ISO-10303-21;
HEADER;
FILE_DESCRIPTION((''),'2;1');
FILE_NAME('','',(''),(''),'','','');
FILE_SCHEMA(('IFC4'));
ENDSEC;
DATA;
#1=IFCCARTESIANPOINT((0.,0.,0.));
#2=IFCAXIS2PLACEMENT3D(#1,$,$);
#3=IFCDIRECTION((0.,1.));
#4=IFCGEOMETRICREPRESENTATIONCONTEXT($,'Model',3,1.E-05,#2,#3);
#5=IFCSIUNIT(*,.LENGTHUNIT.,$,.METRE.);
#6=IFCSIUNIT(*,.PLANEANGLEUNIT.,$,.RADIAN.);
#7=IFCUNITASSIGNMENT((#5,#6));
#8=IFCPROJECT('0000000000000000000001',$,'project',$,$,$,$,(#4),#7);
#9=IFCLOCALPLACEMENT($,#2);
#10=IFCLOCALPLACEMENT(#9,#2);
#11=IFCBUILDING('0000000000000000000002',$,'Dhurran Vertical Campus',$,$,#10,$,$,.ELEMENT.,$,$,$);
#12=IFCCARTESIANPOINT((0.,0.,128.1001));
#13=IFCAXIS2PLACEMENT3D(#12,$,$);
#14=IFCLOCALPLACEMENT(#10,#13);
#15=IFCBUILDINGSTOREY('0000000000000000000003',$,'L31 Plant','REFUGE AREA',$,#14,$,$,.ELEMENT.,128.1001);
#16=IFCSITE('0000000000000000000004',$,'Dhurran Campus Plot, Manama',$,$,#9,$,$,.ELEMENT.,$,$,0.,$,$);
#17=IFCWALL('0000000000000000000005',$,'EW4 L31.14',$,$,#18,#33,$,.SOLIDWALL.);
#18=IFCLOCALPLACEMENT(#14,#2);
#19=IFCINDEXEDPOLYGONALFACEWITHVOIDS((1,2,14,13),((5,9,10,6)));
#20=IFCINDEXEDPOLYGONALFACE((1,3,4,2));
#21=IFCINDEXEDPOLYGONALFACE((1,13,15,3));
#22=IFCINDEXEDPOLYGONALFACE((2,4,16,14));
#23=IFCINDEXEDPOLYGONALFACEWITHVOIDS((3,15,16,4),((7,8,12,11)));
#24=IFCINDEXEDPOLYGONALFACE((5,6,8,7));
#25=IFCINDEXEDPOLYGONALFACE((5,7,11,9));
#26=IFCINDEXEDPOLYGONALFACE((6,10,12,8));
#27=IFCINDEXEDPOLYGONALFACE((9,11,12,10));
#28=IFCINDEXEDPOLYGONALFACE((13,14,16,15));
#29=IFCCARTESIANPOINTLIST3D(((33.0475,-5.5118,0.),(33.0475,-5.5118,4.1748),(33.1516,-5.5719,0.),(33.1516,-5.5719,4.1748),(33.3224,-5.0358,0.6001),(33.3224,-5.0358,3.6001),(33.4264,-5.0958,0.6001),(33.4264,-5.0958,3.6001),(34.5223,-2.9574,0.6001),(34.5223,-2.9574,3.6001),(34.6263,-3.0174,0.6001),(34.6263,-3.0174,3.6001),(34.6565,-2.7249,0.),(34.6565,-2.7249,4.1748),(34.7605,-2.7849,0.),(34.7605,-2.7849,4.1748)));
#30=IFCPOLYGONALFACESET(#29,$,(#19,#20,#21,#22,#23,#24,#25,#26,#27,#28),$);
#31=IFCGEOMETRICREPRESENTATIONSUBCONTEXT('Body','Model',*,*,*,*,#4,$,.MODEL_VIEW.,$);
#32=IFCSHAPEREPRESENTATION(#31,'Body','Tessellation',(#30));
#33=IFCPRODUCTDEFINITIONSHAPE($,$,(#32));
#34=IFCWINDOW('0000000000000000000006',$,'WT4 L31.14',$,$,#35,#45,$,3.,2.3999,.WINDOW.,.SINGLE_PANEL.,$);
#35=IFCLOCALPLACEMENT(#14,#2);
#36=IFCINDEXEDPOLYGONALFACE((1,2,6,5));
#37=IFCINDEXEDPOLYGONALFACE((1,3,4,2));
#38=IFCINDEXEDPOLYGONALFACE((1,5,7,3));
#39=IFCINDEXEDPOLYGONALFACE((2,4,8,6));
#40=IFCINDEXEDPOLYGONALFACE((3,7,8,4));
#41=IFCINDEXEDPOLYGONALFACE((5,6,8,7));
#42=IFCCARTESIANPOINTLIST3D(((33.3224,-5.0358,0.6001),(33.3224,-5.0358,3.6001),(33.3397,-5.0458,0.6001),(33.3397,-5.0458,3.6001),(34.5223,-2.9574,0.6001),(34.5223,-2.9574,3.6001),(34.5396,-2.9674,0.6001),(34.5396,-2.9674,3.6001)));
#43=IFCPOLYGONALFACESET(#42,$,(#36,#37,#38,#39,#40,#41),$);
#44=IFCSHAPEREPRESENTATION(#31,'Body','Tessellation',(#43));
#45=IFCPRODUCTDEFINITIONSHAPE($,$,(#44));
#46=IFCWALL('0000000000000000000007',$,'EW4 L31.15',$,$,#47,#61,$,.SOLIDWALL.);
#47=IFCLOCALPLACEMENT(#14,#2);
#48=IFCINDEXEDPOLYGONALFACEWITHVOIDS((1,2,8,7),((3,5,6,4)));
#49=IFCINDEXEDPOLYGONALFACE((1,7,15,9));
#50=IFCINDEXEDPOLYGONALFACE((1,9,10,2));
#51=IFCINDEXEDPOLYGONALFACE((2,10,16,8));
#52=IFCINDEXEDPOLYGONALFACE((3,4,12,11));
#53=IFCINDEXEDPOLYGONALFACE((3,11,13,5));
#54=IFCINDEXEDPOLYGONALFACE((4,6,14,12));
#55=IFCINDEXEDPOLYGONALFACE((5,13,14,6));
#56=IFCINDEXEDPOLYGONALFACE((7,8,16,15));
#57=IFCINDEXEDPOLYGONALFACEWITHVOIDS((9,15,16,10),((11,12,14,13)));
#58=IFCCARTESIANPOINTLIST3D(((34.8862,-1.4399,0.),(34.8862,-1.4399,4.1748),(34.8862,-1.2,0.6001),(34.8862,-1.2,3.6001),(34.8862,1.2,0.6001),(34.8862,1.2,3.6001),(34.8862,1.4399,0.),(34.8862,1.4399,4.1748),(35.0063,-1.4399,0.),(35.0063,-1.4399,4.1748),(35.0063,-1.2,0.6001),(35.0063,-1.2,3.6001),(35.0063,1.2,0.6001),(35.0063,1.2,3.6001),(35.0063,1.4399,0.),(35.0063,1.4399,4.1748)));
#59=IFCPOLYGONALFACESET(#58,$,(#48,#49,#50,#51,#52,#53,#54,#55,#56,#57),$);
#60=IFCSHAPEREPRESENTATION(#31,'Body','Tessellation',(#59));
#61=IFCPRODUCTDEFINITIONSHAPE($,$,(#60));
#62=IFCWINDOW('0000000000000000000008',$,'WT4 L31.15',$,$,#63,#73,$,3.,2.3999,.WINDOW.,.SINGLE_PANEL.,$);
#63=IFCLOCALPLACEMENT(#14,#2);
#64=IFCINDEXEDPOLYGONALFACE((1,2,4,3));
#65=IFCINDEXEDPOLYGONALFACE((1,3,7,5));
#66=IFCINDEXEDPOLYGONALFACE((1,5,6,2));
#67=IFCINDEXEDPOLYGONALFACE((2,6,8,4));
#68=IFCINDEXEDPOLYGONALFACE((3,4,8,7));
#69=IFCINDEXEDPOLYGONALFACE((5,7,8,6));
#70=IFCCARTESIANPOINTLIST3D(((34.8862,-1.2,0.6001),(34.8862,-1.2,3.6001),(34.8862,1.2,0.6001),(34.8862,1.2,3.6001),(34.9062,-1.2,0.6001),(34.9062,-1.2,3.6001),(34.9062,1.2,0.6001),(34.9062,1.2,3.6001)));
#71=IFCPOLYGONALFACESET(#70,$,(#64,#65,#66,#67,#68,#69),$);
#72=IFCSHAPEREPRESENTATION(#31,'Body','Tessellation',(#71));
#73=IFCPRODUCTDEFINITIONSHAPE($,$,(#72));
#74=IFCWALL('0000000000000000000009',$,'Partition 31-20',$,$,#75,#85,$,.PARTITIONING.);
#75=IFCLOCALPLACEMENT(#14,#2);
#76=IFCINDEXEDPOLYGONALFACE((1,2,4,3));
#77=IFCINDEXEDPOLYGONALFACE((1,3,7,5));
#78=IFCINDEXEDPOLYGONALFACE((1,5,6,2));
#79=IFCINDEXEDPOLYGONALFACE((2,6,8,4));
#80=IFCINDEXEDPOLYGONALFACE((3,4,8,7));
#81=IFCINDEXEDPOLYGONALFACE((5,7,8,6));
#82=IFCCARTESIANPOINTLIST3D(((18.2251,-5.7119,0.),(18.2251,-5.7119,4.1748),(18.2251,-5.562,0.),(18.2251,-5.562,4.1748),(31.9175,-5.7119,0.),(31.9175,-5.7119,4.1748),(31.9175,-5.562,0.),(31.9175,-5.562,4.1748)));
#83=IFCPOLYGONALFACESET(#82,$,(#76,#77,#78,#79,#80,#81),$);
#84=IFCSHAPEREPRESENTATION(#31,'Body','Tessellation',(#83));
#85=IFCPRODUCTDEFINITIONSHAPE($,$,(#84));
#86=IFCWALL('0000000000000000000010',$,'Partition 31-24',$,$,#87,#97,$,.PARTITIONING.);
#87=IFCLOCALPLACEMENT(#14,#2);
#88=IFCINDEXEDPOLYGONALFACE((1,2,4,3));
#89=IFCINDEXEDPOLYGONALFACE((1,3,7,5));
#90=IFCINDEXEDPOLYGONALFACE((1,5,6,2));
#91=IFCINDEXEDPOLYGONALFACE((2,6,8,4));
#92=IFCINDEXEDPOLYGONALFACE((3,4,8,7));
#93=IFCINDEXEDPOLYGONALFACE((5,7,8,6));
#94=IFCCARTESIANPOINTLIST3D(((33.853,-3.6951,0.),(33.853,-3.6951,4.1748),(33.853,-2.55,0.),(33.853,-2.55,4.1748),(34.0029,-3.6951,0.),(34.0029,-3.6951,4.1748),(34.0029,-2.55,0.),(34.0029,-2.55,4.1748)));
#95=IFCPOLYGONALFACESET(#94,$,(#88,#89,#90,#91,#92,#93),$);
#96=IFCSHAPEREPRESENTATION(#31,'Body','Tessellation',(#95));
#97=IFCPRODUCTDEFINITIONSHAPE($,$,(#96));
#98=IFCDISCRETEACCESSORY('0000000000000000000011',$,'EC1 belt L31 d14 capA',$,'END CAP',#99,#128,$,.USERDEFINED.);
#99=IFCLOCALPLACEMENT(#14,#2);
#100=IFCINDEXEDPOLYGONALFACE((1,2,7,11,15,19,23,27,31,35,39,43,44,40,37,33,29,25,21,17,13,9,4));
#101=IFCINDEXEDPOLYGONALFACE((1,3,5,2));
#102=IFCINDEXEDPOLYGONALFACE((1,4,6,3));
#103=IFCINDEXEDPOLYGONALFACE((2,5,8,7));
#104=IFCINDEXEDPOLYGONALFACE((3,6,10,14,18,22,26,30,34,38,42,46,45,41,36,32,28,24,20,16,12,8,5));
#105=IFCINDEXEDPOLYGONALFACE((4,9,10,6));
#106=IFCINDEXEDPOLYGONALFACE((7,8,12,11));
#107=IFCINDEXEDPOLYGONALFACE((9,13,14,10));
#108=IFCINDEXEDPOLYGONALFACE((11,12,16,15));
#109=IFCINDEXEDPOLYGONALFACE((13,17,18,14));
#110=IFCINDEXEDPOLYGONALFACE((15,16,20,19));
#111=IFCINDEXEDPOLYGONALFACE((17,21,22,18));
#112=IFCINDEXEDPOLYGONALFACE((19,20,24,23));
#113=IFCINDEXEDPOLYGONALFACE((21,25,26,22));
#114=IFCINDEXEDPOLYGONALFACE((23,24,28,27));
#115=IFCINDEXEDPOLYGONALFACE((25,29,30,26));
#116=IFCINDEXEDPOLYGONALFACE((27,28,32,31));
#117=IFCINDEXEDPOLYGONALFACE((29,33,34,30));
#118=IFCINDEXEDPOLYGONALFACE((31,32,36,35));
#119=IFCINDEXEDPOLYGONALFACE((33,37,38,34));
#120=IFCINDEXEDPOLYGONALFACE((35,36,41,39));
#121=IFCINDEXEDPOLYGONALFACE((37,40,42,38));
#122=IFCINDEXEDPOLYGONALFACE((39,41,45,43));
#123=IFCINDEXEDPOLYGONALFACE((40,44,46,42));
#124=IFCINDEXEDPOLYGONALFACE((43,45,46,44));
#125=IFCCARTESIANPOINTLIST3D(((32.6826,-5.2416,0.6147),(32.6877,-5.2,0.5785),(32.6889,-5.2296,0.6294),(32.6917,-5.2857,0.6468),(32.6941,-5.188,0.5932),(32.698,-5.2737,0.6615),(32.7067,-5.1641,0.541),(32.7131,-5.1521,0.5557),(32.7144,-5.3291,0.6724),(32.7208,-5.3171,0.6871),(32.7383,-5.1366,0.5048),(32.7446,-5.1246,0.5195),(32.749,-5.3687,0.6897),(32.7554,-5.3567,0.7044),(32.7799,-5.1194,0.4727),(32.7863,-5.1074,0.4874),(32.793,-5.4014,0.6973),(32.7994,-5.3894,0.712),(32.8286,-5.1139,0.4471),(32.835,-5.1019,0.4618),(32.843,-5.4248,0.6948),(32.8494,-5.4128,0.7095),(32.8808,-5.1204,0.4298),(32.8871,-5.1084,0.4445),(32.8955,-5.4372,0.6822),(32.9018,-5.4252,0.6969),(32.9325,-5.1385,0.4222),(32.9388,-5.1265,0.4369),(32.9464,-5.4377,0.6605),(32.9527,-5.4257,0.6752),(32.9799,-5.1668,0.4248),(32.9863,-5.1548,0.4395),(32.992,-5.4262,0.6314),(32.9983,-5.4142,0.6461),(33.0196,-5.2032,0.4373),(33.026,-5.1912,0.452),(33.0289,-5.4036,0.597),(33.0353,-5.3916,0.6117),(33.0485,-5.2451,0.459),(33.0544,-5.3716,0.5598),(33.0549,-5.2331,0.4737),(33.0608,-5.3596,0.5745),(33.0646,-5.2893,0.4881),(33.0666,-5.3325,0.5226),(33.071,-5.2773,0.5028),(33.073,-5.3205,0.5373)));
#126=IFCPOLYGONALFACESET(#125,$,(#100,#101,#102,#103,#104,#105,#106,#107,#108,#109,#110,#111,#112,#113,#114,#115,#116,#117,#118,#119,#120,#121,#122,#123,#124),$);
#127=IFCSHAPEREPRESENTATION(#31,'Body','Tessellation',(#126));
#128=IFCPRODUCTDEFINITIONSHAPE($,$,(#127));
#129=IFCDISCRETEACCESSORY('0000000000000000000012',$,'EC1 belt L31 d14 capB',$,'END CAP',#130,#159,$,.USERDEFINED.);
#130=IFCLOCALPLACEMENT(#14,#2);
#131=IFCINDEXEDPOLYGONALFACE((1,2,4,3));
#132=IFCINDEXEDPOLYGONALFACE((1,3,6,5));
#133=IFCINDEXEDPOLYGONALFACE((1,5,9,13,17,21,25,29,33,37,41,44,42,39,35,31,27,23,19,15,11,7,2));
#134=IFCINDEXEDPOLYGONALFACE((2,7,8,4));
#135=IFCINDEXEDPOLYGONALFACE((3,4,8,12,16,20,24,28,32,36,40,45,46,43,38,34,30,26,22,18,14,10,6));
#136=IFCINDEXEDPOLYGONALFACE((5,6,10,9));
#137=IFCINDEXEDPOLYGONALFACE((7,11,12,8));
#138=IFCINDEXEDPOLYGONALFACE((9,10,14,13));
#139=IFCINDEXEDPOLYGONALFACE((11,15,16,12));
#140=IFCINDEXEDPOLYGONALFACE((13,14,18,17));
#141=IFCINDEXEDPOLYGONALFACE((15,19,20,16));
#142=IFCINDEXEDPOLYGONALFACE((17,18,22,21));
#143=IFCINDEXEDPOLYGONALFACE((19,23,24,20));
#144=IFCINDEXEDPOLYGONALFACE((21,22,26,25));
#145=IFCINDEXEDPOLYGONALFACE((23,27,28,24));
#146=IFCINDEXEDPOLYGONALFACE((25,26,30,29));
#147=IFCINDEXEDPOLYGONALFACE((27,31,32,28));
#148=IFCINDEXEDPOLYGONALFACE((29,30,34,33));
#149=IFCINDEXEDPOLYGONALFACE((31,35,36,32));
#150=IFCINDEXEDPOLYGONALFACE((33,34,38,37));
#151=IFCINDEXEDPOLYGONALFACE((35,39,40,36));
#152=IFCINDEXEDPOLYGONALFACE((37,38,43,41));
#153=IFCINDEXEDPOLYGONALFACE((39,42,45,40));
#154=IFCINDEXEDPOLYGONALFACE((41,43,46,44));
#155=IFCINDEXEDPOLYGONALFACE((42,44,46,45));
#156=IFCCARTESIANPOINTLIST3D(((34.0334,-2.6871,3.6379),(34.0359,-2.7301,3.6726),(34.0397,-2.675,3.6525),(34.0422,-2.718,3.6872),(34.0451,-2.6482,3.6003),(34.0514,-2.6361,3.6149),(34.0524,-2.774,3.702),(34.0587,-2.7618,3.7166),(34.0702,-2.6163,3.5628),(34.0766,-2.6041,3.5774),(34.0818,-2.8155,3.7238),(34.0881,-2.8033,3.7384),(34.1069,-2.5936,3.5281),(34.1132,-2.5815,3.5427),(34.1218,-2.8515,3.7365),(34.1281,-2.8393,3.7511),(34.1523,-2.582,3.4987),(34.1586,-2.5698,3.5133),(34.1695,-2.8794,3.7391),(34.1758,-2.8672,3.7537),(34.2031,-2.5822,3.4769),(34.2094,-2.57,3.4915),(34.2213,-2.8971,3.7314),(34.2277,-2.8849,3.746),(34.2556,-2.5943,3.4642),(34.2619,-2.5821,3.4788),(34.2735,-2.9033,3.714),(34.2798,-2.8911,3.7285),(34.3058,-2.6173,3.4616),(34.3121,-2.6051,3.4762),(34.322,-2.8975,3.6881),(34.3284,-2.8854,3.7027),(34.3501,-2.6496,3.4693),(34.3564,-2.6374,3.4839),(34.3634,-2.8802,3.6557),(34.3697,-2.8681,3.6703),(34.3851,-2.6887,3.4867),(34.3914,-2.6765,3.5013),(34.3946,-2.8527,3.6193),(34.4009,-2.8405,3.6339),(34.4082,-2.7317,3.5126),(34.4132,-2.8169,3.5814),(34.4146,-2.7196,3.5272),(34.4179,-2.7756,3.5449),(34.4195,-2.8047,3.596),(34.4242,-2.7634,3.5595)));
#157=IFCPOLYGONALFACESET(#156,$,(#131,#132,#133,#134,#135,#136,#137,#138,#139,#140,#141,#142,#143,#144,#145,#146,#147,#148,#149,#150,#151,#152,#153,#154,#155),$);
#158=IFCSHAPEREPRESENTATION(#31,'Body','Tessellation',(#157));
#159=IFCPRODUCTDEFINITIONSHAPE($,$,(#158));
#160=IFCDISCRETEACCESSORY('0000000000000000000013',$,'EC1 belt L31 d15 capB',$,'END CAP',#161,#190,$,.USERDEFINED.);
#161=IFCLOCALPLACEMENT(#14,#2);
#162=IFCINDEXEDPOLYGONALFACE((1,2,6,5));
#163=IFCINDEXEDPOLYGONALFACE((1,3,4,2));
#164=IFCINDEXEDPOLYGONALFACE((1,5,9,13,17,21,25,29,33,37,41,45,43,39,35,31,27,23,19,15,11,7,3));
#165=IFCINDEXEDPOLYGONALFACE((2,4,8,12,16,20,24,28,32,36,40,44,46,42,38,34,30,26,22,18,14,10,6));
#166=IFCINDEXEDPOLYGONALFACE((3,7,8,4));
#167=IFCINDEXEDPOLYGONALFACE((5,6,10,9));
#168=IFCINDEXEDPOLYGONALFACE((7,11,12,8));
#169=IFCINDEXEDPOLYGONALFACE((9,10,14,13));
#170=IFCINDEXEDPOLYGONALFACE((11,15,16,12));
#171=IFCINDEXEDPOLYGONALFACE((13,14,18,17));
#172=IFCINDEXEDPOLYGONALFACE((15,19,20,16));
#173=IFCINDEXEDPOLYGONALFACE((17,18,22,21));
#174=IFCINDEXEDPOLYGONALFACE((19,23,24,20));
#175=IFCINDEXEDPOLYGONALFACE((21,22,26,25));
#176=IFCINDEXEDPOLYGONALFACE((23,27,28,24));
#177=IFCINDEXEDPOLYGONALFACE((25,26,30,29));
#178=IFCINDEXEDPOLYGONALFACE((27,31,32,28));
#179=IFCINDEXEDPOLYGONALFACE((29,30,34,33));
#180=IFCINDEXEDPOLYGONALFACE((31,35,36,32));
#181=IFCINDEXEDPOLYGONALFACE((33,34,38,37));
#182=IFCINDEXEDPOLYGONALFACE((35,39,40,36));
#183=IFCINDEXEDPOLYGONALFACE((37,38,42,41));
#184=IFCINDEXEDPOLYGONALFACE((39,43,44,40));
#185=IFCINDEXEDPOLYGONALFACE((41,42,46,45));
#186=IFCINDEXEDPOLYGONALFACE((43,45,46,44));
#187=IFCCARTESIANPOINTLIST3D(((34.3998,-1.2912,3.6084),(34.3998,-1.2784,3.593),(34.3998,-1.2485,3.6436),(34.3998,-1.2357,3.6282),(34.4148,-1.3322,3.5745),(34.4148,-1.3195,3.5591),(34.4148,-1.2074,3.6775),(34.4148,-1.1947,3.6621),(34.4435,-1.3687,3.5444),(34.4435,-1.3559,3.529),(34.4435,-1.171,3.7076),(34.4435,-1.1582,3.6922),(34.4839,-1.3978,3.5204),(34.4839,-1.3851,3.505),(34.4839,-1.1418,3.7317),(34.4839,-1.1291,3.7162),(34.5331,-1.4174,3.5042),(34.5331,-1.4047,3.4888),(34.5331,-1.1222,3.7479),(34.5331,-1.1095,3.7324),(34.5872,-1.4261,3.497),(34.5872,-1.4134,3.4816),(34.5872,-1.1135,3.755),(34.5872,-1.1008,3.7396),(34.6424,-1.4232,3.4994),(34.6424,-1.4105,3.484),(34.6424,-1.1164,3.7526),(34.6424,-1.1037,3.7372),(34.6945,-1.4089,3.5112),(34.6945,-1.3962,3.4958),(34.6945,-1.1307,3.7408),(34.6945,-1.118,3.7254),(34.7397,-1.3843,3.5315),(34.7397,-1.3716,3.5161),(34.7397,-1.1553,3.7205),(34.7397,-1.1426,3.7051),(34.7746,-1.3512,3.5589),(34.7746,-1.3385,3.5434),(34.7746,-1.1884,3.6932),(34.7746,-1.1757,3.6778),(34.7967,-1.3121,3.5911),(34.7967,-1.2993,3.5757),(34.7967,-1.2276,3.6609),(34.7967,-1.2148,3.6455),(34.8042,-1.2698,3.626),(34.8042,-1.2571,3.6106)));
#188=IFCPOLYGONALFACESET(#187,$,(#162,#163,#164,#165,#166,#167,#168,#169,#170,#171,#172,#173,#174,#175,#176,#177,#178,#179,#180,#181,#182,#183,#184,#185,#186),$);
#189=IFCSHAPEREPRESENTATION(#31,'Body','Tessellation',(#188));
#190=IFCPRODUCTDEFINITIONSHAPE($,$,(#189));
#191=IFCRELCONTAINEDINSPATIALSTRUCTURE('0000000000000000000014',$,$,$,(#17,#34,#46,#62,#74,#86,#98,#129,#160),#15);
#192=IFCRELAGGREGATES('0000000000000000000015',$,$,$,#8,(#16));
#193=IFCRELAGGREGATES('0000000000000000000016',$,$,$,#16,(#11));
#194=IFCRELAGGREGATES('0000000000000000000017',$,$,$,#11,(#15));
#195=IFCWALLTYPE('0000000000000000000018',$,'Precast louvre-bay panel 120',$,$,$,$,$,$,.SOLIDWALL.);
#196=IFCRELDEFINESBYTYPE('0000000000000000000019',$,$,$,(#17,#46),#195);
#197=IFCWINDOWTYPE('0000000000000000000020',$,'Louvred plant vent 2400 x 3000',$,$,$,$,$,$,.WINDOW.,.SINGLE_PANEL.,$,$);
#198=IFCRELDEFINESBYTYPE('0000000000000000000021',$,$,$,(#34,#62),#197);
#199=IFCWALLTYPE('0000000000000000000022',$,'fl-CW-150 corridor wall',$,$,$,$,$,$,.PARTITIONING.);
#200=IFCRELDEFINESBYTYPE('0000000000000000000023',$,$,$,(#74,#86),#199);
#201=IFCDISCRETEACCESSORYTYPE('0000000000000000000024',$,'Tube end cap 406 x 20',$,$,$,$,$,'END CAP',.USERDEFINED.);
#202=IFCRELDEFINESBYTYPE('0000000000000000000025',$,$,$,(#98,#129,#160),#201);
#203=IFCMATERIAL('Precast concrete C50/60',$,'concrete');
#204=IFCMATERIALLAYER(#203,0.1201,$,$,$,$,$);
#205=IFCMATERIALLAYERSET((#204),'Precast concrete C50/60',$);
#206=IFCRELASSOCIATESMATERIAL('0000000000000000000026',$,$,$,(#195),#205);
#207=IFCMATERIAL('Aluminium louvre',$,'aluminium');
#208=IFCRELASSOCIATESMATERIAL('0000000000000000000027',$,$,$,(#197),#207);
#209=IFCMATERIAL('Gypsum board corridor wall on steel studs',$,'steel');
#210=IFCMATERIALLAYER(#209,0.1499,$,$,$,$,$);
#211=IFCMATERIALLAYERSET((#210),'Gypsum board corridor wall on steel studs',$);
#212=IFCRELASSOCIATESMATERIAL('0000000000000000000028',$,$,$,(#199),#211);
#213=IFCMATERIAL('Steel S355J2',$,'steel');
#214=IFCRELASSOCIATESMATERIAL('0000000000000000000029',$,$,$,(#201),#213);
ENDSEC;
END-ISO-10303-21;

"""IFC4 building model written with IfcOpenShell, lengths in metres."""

from ifc_helpers import new_model, si_unit, direction, frame, frame_2d, origin, origin_2d, place, context, subcontext, project, spatial, rectangle, circle, extrude, material, layer, layer_set, material_profile, profile_set, type_object, element, fill, save


model = new_model("IFC4")

# Units and contexts
model_context = context("Model", 3, precision=1e-05, world=origin(), true_north=direction((0.0, 1.0)))
body_context = subcontext(model_context, "Body", "Model", "MODEL_VIEW")
ifc_project = project(units=[si_unit("LENGTHUNIT", "METRE"), si_unit("PLANEANGLEUNIT", "RADIAN")], contexts=[model_context])

# Site, building, storey
site_placement = place(None, origin())
site = spatial("IfcSite", under=ifc_project, at=site_placement, Name="Dhurran Campus Plot, Manama", CompositionType="ELEMENT", RefElevation=0.0)
building_placement = place(site_placement, origin())
building = spatial("IfcBuilding", under=site, at=building_placement, Name="Dhurran Vertical Campus", CompositionType="ELEMENT")
storey_placement = place(building_placement, frame((0.0, 0.0, 128.1001)))
storey = spatial("IfcBuildingStorey", under=building, at=storey_placement, Name="L31 Plant", Description="REFUGE AREA", CompositionType="ELEMENT", Elevation=128.1001)

# Walls, openings, windows
ifc_material_1 = material(Name="Precast concrete C50/60", Category="concrete")
ifc_layer_1 = layer(ifc_material_1, 0.1201)
ifc_layer_set_1 = layer_set([ifc_layer_1], Name="Precast concrete C50/60")
wall_type_1 = type_object("IfcWallType", Name="Precast louvre-bay panel 120", PredefinedType="SOLIDWALL", material=ifc_layer_set_1)
wall_1_placement = place(storey_placement, frame((33.0996, -5.5417, 0.0), z_axis=(0.0, 0.0, 1.0), x_axis=(0.499974, 0.86604, 0.0)))
wall_1 = element("IfcWall", 1, at=wall_1_placement, inside=storey, type_object=wall_type_1, Name="EW4 L31.14", PredefinedType="SOLIDWALL", context=body_context, shape_type="SweptSolid", body=[
    extrude(rectangle(XDim=3.218, YDim=0.1201, at=frame_2d((1.6089, 0.0))), origin(), (0.0, 0.0, 1.0), 4.1748),
])
opening_1_placement = place(wall_1_placement, frame((0.5496, 0.0, 0.6001)))
opening_1 = element("IfcOpeningElement", 2, at=opening_1_placement, cuts=wall_1, PredefinedType="OPENING", context=body_context, shape_type="SweptSolid", body=[
    extrude(rectangle(XDim=2.3999, YDim=3.0, at=frame_2d((1.2, 1.5))), frame((0.0, 0.0701, 0.0), z_axis=(0.0, -1.0, 0.0), x_axis=(1.0, 0.0, 0.0)), (0.0, 0.0, 1.0), 0.1401),
])
ifc_material_2 = material(Name="Aluminium louvre", Category="aluminium")
window_type = type_object("IfcWindowType", Name="Louvred plant vent 2400 x 3000", PartitioningType="SINGLE_PANEL", PredefinedType="WINDOW", material=ifc_material_2)
window_1_placement = place(opening_1_placement, origin())
window_1 = element("IfcWindow", 3, at=window_1_placement, inside=storey, type_object=window_type, Name="WT4 L31.14", OverallHeight=3.0, OverallWidth=2.3999, PartitioningType="SINGLE_PANEL", PredefinedType="WINDOW", context=body_context, shape_type="SweptSolid", body=[
    extrude(rectangle(XDim=2.3999, YDim=3.0, at=frame_2d((1.2, 1.5))), frame((0.0, 0.0601, 0.0), z_axis=(0.0, -1.0, 0.0), x_axis=(1.0, 0.0, 0.0)), (0.0, 0.0, 1.0), 0.02),
])
fill(opening_1, window_1)
wall_2_placement = place(storey_placement, frame((34.9463, -1.4399, 0.0), z_axis=(0.0, 0.0, 1.0), x_axis=(0.0, 1.0, 0.0)))
wall_2 = element("IfcWall", 4, at=wall_2_placement, inside=storey, type_object=wall_type_1, Name="EW4 L31.15", PredefinedType="SOLIDWALL", context=body_context, shape_type="SweptSolid", body=[
    extrude(rectangle(XDim=2.8799, YDim=0.1201, at=frame_2d((1.4399, 0.0))), origin(), (0.0, 0.0, 1.0), 4.1748),
])
opening_2_placement = place(wall_2_placement, frame((0.24, 0.0, 0.6001)))
opening_2 = element("IfcOpeningElement", 5, at=opening_2_placement, cuts=wall_2, PredefinedType="OPENING", context=body_context, shape_type="SweptSolid", body=[
    extrude(rectangle(XDim=2.3999, YDim=3.0, at=frame_2d((1.2, 1.5))), frame((0.0, 0.0701, 0.0), z_axis=(0.0, -1.0, 0.0), x_axis=(1.0, 0.0, 0.0)), (0.0, 0.0, 1.0), 0.1401),
])
window_2_placement = place(opening_2_placement, origin())
window_2 = element("IfcWindow", 6, at=window_2_placement, inside=storey, type_object=window_type, Name="WT4 L31.15", OverallHeight=3.0, OverallWidth=2.3999, PartitioningType="SINGLE_PANEL", PredefinedType="WINDOW", context=body_context, shape_type="SweptSolid", body=[
    extrude(rectangle(XDim=2.3999, YDim=3.0, at=frame_2d((1.2, 1.5))), frame((0.0, 0.0601, 0.0), z_axis=(0.0, -1.0, 0.0), x_axis=(1.0, 0.0, 0.0)), (0.0, 0.0, 1.0), 0.02),
])
fill(opening_2, window_2)

# Walls
ifc_material_3 = material(Name="Gypsum board corridor wall on steel studs", Category="steel")
ifc_layer_2 = layer(ifc_material_3, 0.1499)
ifc_layer_set_2 = layer_set([ifc_layer_2], Name="Gypsum board corridor wall on steel studs")
wall_type_2 = type_object("IfcWallType", Name="fl-CW-150 corridor wall", PredefinedType="PARTITIONING", material=ifc_layer_set_2)
wall_3_placement = place(storey_placement, frame((31.9175, -5.637, 0.0), z_axis=(0.0, 0.0, 1.0), x_axis=(-1.0, 0.0, 0.0)))
element("IfcWall", 7, at=wall_3_placement, inside=storey, type_object=wall_type_2, Name="Partition 31-20", PredefinedType="PARTITIONING", context=body_context, shape_type="SweptSolid", body=[
    extrude(rectangle(XDim=13.6924, YDim=0.1499, at=frame_2d((6.8462, 0.0))), origin(), (0.0, 0.0, 1.0), 4.1748),
])
wall_4_placement = place(storey_placement, frame((33.928, -2.55, 0.0), z_axis=(0.0, 0.0, 1.0), x_axis=(0.0, -1.0, 0.0)))
element("IfcWall", 8, at=wall_4_placement, inside=storey, type_object=wall_type_2, Name="Partition 31-24", PredefinedType="PARTITIONING", context=body_context, shape_type="SweptSolid", body=[
    extrude(rectangle(XDim=1.145, YDim=0.1499, at=frame_2d((0.5725, 0.0))), origin(), (0.0, 0.0, 1.0), 4.1748),
])

# Discrete accessories
ifc_material_4 = material(Name="Steel S355J2", Category="steel")
ifc_material_profile_1 = material_profile(ifc_material_4, circle(Radius=0.2031, at=origin_2d()), Name="Tube end cap 406 x 20")
ifc_profile_set_1 = profile_set([ifc_material_profile_1], Name="Steel S355J2")
discrete_accessory_type_1 = type_object("IfcDiscreteAccessoryType", Name="Tube end cap 406 x 20", ElementType="END CAP", PredefinedType="USERDEFINED", material=ifc_profile_set_1)
for number, where, z_axis, x_axis, name in (
    (9, (32.8813, -5.2644, 0.5745), (-0.318187, -0.59966, -0.734278), (0.883349, -0.468716, 0.0), "EC1 belt L31 d14 capA"),
    (10, (34.2253, -2.7419, 3.6003), (0.315854, 0.607412, 0.728894), (-0.887217, 0.461353, 0.0), "EC1 belt L31 d14 capB"),
    (11, (34.6011, -1.2571, 3.6106), (0.0, -0.636565, 0.771223), (1.0, 0.0, 0.0), "EC1 belt L31 d15 capB"),
):
    element("IfcDiscreteAccessory", number, at=place(storey_placement, frame(where, z_axis=z_axis, x_axis=x_axis)), inside=storey, type_object=discrete_accessory_type_1, Name=name, ObjectType="END CAP", PredefinedType="USERDEFINED", context=body_context, shape_type="SweptSolid", body=[
        extrude(circle(Radius=0.2031, at=origin_2d()), origin(), (0.0, 0.0, 1.0), 0.02),
    ])

save(model, "model.ifc")
